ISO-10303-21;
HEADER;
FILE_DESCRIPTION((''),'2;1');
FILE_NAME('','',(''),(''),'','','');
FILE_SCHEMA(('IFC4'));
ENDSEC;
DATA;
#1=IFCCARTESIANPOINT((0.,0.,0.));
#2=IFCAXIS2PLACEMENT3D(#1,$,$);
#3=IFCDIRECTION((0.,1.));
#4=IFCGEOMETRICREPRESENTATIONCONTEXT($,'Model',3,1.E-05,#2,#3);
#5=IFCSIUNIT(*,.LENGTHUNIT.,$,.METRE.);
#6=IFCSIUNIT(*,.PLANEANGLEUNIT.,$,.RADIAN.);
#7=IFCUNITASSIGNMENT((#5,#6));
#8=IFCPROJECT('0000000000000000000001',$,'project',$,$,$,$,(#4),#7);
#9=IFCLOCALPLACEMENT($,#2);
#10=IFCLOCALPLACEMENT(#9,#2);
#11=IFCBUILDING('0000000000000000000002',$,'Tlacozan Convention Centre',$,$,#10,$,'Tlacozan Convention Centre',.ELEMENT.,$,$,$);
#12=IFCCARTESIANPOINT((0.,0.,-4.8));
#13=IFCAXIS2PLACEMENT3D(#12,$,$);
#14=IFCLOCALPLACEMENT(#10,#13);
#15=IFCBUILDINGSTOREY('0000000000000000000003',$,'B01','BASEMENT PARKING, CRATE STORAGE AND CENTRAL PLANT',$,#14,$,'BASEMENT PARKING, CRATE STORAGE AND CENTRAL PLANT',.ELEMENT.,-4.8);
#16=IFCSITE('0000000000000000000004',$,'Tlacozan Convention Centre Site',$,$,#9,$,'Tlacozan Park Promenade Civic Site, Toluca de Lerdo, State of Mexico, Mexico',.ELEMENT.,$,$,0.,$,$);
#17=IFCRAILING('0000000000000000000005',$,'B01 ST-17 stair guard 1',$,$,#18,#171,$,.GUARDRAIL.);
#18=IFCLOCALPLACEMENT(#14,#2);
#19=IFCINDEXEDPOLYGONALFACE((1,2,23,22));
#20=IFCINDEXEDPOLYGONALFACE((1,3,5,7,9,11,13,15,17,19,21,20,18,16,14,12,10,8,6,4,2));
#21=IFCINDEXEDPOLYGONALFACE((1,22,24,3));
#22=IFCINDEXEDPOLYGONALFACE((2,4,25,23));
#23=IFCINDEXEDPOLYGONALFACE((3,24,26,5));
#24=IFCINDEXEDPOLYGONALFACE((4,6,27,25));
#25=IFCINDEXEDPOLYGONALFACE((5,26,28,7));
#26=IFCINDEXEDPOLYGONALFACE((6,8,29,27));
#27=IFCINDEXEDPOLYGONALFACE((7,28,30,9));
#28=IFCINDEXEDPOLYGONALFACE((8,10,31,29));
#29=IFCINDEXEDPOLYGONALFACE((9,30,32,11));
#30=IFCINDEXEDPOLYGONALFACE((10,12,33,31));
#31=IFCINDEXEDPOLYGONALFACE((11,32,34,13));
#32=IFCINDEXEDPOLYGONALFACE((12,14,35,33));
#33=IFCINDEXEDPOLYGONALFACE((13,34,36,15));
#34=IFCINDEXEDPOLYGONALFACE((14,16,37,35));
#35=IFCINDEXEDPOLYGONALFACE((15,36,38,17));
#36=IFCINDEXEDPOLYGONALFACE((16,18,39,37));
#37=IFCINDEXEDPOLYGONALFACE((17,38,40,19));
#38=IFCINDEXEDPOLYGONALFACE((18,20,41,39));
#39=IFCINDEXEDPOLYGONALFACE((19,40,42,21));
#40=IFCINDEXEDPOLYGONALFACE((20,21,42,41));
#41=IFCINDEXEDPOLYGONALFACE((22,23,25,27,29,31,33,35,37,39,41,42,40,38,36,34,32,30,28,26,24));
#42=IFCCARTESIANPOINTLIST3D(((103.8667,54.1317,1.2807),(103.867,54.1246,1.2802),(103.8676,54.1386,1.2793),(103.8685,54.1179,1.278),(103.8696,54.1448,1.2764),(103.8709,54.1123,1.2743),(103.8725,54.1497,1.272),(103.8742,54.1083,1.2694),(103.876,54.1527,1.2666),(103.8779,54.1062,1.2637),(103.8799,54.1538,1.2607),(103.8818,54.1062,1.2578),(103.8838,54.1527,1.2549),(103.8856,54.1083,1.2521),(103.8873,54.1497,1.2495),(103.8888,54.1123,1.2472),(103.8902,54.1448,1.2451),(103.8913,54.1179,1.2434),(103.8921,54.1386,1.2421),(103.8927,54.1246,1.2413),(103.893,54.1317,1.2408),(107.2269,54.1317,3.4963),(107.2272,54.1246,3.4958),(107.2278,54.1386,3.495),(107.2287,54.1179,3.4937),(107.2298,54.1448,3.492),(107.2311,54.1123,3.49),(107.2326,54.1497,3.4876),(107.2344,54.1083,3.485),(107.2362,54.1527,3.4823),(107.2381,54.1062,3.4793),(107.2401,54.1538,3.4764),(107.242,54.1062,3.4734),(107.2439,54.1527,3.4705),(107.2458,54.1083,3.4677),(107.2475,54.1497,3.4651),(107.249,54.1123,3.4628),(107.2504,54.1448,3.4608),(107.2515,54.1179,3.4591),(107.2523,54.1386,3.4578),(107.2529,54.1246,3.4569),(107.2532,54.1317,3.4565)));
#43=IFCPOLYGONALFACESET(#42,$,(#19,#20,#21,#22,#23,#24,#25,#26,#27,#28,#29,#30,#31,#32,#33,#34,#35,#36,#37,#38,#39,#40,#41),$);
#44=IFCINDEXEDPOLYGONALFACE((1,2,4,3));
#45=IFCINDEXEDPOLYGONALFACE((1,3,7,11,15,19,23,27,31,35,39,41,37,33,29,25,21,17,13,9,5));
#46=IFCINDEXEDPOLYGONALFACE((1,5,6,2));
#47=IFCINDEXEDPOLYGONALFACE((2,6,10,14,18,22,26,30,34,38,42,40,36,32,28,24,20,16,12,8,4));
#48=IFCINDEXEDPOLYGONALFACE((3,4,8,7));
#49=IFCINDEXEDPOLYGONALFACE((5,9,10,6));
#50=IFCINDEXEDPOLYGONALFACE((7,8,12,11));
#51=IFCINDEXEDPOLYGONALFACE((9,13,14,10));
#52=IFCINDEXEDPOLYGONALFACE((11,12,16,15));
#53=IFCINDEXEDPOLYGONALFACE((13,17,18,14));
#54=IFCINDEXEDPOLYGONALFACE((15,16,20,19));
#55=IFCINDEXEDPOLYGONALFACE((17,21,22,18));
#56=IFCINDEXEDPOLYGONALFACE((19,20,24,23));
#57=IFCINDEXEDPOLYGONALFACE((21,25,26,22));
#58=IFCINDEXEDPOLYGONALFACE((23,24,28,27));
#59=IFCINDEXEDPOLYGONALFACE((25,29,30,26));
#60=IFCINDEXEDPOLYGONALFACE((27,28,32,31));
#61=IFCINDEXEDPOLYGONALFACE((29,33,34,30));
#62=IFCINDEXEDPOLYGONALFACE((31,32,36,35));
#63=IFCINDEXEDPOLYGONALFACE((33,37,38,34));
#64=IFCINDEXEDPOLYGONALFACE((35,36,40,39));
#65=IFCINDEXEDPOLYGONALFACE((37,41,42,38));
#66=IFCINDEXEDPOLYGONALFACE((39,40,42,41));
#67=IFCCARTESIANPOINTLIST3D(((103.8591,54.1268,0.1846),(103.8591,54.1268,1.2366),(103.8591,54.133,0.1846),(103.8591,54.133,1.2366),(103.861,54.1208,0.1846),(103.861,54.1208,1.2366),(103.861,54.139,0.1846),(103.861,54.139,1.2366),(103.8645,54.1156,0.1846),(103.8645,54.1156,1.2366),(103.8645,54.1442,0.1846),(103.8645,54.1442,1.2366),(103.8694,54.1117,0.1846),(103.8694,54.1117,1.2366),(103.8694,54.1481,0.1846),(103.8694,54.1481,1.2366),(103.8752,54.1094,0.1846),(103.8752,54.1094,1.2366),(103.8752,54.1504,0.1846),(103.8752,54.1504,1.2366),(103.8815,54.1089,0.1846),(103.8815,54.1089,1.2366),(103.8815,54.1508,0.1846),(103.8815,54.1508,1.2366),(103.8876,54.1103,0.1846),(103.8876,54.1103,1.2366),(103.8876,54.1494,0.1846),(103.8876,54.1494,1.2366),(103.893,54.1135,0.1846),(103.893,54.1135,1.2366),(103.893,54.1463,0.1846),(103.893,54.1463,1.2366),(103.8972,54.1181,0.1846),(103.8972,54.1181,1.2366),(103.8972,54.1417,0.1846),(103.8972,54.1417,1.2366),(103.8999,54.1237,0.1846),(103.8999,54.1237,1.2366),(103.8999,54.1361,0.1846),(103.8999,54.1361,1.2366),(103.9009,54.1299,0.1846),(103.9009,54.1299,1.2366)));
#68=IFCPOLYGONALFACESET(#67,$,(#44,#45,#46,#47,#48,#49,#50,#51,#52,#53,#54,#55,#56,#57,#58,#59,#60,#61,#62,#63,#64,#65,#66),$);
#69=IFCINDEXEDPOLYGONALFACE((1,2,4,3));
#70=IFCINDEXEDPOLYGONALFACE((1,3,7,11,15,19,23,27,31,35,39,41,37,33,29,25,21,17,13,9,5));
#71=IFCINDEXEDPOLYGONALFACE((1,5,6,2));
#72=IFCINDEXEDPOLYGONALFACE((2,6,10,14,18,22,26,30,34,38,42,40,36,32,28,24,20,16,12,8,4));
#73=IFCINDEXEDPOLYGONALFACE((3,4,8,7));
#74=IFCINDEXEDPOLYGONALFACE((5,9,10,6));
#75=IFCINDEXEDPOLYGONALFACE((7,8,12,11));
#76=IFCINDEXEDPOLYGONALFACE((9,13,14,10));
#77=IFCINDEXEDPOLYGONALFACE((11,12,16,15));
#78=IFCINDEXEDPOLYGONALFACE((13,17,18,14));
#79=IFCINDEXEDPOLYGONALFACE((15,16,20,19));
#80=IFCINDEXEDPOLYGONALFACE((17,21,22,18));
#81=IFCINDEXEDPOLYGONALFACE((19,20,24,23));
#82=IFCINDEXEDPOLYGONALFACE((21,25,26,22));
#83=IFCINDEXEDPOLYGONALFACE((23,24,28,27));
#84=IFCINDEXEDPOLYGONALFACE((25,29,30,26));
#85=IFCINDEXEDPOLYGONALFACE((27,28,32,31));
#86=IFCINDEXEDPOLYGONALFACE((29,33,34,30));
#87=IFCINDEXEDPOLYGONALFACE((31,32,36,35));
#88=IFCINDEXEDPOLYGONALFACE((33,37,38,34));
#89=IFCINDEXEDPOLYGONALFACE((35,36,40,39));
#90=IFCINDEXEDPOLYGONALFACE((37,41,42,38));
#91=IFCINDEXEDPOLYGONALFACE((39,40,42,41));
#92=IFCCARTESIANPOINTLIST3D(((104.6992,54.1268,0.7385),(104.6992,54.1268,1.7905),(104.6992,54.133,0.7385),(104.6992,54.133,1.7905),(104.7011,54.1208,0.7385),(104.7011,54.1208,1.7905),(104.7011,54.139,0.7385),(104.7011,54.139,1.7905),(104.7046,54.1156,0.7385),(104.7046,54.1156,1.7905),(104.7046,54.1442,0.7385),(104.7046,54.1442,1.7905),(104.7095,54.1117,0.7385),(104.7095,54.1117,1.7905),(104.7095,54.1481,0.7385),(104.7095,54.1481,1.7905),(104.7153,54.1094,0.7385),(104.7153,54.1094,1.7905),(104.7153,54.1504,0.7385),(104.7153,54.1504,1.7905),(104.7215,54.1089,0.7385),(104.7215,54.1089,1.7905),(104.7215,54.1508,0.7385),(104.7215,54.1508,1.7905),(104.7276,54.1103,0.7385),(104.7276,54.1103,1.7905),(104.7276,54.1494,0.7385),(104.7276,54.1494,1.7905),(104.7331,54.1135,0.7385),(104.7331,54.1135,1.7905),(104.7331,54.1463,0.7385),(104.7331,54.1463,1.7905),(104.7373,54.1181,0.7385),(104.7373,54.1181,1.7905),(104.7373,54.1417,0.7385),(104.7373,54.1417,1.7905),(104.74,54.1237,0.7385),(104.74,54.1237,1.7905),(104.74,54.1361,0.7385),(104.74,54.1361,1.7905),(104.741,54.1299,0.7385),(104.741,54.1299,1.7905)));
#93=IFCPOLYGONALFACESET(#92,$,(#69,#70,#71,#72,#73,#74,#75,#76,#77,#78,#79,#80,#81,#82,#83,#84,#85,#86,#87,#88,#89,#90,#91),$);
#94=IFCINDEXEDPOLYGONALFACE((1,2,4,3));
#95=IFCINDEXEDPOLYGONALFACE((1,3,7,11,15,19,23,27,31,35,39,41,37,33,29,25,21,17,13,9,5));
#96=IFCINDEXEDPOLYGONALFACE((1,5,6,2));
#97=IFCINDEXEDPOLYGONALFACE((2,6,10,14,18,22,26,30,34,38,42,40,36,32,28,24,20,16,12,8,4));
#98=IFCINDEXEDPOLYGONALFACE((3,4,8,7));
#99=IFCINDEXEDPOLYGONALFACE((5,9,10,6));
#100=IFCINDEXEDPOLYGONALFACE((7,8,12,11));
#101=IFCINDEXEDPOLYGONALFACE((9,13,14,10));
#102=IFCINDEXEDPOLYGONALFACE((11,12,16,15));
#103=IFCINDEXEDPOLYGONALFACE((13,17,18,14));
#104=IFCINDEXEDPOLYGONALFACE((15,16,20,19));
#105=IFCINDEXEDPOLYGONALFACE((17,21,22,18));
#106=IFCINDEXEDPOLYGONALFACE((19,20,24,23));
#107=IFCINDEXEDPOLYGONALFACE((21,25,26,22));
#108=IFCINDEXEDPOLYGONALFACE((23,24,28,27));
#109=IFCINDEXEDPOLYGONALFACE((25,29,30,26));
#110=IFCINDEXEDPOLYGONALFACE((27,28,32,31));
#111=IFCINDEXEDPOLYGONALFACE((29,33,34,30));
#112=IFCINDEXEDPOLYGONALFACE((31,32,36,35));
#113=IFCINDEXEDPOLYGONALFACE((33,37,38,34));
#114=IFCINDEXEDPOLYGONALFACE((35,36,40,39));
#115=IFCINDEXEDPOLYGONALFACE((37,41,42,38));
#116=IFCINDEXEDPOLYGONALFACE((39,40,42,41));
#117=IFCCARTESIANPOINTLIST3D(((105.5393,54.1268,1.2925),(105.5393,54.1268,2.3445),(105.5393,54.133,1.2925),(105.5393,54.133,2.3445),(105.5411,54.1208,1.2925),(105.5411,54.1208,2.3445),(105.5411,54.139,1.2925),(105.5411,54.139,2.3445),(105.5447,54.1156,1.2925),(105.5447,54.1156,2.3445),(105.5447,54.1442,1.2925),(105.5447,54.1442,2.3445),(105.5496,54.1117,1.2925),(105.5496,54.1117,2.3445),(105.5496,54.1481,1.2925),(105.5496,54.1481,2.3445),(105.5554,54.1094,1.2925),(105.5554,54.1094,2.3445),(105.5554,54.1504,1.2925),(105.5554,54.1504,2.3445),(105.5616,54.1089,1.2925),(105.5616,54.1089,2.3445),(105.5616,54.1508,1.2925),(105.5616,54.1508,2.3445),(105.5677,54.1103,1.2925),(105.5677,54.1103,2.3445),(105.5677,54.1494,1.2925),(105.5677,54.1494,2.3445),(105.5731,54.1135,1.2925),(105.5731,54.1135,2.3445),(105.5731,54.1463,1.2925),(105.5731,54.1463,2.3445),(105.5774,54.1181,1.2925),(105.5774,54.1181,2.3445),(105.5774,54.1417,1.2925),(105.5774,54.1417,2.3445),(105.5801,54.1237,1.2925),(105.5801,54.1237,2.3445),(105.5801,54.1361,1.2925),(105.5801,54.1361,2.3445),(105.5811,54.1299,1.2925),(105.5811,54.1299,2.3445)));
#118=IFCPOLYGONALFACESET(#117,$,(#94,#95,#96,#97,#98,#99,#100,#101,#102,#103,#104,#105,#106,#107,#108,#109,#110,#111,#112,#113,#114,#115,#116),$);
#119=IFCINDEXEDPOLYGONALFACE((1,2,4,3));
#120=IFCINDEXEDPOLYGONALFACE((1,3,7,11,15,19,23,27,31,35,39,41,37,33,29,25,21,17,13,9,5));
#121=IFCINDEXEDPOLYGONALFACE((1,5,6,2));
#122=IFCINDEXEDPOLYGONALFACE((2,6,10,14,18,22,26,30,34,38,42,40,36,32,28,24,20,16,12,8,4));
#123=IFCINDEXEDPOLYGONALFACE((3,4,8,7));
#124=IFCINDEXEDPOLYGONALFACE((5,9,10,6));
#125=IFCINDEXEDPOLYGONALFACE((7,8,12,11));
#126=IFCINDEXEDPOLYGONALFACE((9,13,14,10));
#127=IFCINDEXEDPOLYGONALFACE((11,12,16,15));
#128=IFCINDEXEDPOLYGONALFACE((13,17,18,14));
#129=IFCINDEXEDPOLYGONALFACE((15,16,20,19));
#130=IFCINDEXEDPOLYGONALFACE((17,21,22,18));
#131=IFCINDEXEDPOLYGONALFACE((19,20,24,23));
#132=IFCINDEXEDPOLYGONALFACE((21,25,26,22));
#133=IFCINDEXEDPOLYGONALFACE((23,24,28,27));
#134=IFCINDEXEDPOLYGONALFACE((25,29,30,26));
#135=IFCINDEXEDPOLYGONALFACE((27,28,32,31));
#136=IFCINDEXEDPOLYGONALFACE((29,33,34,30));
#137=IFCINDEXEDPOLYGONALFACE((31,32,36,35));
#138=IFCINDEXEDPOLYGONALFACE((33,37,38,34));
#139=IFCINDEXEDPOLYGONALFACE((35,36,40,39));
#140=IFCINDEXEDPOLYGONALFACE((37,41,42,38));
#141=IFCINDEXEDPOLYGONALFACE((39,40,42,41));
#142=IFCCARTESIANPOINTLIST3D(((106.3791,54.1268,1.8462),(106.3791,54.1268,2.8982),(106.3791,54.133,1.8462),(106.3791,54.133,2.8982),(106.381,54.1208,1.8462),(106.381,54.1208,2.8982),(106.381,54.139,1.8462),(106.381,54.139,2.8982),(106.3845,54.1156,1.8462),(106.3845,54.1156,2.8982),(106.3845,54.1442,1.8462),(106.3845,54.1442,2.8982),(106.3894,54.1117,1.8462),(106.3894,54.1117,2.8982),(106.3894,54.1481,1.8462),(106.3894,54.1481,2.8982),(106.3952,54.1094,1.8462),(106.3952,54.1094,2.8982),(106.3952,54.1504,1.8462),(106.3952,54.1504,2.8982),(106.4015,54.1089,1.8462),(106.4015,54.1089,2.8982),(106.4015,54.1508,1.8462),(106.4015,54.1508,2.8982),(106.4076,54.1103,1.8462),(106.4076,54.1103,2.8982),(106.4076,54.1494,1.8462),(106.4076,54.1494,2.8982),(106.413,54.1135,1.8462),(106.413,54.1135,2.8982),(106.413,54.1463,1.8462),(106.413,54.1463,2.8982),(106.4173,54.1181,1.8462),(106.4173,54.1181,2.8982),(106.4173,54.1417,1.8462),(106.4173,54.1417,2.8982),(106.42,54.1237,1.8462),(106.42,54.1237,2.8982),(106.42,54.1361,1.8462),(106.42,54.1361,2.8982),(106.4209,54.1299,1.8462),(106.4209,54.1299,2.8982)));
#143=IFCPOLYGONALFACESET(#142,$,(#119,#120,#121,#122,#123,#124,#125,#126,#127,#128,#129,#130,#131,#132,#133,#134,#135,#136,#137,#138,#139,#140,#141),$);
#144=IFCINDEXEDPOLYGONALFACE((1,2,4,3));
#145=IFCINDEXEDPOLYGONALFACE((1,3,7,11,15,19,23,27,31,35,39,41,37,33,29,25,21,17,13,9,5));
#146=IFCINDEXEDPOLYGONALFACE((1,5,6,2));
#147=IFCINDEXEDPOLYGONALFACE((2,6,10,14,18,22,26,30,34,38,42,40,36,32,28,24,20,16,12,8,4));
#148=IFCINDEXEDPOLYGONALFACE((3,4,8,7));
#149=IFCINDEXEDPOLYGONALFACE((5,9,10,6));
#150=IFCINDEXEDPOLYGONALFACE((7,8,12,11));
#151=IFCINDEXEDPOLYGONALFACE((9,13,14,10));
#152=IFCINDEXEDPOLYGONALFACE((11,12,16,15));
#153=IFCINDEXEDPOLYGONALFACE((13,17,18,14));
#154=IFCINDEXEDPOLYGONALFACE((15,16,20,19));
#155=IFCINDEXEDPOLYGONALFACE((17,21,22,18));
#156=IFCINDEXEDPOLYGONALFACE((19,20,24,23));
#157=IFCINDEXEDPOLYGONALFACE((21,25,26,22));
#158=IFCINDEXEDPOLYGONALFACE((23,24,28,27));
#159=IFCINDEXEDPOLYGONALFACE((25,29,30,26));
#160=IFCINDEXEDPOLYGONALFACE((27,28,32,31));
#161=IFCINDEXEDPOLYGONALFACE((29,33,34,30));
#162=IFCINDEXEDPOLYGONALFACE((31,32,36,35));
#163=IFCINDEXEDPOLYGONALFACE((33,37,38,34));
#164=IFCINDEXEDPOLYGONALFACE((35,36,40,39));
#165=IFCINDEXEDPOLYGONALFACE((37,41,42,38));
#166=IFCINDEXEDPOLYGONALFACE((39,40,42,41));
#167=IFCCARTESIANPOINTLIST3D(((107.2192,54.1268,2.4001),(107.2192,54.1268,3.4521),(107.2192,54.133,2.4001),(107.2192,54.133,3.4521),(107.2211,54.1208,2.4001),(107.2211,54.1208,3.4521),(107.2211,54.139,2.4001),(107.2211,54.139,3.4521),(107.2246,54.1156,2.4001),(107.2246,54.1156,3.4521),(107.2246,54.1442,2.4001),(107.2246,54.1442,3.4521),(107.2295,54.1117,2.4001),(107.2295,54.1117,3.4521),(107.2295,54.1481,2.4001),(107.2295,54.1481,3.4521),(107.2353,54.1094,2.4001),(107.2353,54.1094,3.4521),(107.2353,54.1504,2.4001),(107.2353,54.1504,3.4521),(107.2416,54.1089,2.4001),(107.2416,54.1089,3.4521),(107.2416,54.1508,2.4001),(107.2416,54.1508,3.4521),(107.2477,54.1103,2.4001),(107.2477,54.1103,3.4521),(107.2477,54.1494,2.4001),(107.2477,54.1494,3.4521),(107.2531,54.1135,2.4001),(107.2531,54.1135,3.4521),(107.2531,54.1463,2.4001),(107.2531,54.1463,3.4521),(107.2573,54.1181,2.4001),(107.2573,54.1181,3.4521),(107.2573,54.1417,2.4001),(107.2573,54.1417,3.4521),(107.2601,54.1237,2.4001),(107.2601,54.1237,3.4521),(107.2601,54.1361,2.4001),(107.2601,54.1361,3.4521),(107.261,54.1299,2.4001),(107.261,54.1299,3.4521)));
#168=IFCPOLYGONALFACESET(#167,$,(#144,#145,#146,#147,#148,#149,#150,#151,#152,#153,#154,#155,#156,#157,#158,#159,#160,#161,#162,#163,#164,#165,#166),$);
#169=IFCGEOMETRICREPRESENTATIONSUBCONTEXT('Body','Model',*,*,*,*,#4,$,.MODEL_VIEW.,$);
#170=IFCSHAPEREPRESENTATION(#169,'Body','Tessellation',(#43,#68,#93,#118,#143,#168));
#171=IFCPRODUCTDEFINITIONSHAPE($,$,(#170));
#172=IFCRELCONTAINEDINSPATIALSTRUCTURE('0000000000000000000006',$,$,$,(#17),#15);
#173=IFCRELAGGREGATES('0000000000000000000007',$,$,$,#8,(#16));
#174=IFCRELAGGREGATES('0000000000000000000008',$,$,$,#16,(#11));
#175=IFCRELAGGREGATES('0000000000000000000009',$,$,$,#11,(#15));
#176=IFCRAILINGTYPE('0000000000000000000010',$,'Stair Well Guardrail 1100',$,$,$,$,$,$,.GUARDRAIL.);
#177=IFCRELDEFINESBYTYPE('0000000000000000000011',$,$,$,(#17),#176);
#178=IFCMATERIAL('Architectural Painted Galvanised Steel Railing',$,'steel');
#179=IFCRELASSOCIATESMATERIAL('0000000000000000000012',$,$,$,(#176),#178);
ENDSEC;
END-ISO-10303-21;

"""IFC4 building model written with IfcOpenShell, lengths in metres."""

from ifc_helpers import new_model, si_unit, direction, frame, origin, origin_2d, place, context, subcontext, project, spatial, circle, extrude, material, type_object, element, save


model = new_model("IFC4")

# Units and contexts
model_context = context("Model", 3, precision=1e-05, world=origin(), true_north=direction((0.0, 1.0)))
body_context = subcontext(model_context, "Body", "Model", "MODEL_VIEW")
ifc_project = project(units=[si_unit("LENGTHUNIT", "METRE"), si_unit("PLANEANGLEUNIT", "RADIAN")], contexts=[model_context])

# Site, building, storey
site_placement = place(None, origin())
site = spatial("IfcSite", under=ifc_project, at=site_placement, Name="Tlacozan Convention Centre Site", LongName="Tlacozan Park Promenade Civic Site, Toluca de Lerdo, State of Mexico, Mexico", CompositionType="ELEMENT", RefElevation=0.0)
building_placement = place(site_placement, origin())
building = spatial("IfcBuilding", under=site, at=building_placement, Name="Tlacozan Convention Centre", LongName="Tlacozan Convention Centre", CompositionType="ELEMENT")
storey_placement = place(building_placement, frame((0.0, 0.0, -4.8)))
storey = spatial("IfcBuildingStorey", under=building, at=storey_placement, Name="B01", Description="BASEMENT PARKING, CRATE STORAGE AND CENTRAL PLANT", LongName="BASEMENT PARKING, CRATE STORAGE AND CENTRAL PLANT", CompositionType="ELEMENT", Elevation=-4.8)

# Railing
ifc_material_1 = material(Name="Architectural Painted Galvanised Steel Railing", Category="steel")
railing_type_1 = type_object("IfcRailingType", Name="Stair Well Guardrail 1100", PredefinedType="GUARDRAIL", material=ifc_material_1)
railing_1_placement = place(storey_placement, frame((103.8799, 54.1299, 0.1846)))
element("IfcRailing", 1, at=railing_1_placement, inside=storey, type_object=railing_type_1, Name="B01 ST-17 stair guard 1", PredefinedType="GUARDRAIL", context=body_context, shape_type="SweptSolid", body=[
    extrude(circle(Radius=0.0239, at=origin_2d()), frame((0.0, 0.0, 1.0762), z_axis=(0.834849, 0.0, 0.55048), x_axis=(0.0, 1.0, 0.0)), (0.0, 0.0, 1.0), 4.0249),
    extrude(circle(Radius=0.021, at=origin_2d()), origin(), (0.0, 0.0, 1.0), 1.052),
    extrude(circle(Radius=0.021, at=origin_2d()), frame((0.8401, 0.0, 0.554)), (0.0, 0.0, 1.0), 1.052),
    extrude(circle(Radius=0.021, at=origin_2d()), frame((1.6802, 0.0, 1.1079)), (0.0, 0.0, 1.0), 1.052),
    extrude(circle(Radius=0.021, at=origin_2d()), frame((2.52, 0.0, 1.6616)), (0.0, 0.0, 1.0), 1.052),
    extrude(circle(Radius=0.021, at=origin_2d()), frame((3.3601, 0.0, 2.2156)), (0.0, 0.0, 1.0), 1.052),
])

save(model, "model.ifc")
